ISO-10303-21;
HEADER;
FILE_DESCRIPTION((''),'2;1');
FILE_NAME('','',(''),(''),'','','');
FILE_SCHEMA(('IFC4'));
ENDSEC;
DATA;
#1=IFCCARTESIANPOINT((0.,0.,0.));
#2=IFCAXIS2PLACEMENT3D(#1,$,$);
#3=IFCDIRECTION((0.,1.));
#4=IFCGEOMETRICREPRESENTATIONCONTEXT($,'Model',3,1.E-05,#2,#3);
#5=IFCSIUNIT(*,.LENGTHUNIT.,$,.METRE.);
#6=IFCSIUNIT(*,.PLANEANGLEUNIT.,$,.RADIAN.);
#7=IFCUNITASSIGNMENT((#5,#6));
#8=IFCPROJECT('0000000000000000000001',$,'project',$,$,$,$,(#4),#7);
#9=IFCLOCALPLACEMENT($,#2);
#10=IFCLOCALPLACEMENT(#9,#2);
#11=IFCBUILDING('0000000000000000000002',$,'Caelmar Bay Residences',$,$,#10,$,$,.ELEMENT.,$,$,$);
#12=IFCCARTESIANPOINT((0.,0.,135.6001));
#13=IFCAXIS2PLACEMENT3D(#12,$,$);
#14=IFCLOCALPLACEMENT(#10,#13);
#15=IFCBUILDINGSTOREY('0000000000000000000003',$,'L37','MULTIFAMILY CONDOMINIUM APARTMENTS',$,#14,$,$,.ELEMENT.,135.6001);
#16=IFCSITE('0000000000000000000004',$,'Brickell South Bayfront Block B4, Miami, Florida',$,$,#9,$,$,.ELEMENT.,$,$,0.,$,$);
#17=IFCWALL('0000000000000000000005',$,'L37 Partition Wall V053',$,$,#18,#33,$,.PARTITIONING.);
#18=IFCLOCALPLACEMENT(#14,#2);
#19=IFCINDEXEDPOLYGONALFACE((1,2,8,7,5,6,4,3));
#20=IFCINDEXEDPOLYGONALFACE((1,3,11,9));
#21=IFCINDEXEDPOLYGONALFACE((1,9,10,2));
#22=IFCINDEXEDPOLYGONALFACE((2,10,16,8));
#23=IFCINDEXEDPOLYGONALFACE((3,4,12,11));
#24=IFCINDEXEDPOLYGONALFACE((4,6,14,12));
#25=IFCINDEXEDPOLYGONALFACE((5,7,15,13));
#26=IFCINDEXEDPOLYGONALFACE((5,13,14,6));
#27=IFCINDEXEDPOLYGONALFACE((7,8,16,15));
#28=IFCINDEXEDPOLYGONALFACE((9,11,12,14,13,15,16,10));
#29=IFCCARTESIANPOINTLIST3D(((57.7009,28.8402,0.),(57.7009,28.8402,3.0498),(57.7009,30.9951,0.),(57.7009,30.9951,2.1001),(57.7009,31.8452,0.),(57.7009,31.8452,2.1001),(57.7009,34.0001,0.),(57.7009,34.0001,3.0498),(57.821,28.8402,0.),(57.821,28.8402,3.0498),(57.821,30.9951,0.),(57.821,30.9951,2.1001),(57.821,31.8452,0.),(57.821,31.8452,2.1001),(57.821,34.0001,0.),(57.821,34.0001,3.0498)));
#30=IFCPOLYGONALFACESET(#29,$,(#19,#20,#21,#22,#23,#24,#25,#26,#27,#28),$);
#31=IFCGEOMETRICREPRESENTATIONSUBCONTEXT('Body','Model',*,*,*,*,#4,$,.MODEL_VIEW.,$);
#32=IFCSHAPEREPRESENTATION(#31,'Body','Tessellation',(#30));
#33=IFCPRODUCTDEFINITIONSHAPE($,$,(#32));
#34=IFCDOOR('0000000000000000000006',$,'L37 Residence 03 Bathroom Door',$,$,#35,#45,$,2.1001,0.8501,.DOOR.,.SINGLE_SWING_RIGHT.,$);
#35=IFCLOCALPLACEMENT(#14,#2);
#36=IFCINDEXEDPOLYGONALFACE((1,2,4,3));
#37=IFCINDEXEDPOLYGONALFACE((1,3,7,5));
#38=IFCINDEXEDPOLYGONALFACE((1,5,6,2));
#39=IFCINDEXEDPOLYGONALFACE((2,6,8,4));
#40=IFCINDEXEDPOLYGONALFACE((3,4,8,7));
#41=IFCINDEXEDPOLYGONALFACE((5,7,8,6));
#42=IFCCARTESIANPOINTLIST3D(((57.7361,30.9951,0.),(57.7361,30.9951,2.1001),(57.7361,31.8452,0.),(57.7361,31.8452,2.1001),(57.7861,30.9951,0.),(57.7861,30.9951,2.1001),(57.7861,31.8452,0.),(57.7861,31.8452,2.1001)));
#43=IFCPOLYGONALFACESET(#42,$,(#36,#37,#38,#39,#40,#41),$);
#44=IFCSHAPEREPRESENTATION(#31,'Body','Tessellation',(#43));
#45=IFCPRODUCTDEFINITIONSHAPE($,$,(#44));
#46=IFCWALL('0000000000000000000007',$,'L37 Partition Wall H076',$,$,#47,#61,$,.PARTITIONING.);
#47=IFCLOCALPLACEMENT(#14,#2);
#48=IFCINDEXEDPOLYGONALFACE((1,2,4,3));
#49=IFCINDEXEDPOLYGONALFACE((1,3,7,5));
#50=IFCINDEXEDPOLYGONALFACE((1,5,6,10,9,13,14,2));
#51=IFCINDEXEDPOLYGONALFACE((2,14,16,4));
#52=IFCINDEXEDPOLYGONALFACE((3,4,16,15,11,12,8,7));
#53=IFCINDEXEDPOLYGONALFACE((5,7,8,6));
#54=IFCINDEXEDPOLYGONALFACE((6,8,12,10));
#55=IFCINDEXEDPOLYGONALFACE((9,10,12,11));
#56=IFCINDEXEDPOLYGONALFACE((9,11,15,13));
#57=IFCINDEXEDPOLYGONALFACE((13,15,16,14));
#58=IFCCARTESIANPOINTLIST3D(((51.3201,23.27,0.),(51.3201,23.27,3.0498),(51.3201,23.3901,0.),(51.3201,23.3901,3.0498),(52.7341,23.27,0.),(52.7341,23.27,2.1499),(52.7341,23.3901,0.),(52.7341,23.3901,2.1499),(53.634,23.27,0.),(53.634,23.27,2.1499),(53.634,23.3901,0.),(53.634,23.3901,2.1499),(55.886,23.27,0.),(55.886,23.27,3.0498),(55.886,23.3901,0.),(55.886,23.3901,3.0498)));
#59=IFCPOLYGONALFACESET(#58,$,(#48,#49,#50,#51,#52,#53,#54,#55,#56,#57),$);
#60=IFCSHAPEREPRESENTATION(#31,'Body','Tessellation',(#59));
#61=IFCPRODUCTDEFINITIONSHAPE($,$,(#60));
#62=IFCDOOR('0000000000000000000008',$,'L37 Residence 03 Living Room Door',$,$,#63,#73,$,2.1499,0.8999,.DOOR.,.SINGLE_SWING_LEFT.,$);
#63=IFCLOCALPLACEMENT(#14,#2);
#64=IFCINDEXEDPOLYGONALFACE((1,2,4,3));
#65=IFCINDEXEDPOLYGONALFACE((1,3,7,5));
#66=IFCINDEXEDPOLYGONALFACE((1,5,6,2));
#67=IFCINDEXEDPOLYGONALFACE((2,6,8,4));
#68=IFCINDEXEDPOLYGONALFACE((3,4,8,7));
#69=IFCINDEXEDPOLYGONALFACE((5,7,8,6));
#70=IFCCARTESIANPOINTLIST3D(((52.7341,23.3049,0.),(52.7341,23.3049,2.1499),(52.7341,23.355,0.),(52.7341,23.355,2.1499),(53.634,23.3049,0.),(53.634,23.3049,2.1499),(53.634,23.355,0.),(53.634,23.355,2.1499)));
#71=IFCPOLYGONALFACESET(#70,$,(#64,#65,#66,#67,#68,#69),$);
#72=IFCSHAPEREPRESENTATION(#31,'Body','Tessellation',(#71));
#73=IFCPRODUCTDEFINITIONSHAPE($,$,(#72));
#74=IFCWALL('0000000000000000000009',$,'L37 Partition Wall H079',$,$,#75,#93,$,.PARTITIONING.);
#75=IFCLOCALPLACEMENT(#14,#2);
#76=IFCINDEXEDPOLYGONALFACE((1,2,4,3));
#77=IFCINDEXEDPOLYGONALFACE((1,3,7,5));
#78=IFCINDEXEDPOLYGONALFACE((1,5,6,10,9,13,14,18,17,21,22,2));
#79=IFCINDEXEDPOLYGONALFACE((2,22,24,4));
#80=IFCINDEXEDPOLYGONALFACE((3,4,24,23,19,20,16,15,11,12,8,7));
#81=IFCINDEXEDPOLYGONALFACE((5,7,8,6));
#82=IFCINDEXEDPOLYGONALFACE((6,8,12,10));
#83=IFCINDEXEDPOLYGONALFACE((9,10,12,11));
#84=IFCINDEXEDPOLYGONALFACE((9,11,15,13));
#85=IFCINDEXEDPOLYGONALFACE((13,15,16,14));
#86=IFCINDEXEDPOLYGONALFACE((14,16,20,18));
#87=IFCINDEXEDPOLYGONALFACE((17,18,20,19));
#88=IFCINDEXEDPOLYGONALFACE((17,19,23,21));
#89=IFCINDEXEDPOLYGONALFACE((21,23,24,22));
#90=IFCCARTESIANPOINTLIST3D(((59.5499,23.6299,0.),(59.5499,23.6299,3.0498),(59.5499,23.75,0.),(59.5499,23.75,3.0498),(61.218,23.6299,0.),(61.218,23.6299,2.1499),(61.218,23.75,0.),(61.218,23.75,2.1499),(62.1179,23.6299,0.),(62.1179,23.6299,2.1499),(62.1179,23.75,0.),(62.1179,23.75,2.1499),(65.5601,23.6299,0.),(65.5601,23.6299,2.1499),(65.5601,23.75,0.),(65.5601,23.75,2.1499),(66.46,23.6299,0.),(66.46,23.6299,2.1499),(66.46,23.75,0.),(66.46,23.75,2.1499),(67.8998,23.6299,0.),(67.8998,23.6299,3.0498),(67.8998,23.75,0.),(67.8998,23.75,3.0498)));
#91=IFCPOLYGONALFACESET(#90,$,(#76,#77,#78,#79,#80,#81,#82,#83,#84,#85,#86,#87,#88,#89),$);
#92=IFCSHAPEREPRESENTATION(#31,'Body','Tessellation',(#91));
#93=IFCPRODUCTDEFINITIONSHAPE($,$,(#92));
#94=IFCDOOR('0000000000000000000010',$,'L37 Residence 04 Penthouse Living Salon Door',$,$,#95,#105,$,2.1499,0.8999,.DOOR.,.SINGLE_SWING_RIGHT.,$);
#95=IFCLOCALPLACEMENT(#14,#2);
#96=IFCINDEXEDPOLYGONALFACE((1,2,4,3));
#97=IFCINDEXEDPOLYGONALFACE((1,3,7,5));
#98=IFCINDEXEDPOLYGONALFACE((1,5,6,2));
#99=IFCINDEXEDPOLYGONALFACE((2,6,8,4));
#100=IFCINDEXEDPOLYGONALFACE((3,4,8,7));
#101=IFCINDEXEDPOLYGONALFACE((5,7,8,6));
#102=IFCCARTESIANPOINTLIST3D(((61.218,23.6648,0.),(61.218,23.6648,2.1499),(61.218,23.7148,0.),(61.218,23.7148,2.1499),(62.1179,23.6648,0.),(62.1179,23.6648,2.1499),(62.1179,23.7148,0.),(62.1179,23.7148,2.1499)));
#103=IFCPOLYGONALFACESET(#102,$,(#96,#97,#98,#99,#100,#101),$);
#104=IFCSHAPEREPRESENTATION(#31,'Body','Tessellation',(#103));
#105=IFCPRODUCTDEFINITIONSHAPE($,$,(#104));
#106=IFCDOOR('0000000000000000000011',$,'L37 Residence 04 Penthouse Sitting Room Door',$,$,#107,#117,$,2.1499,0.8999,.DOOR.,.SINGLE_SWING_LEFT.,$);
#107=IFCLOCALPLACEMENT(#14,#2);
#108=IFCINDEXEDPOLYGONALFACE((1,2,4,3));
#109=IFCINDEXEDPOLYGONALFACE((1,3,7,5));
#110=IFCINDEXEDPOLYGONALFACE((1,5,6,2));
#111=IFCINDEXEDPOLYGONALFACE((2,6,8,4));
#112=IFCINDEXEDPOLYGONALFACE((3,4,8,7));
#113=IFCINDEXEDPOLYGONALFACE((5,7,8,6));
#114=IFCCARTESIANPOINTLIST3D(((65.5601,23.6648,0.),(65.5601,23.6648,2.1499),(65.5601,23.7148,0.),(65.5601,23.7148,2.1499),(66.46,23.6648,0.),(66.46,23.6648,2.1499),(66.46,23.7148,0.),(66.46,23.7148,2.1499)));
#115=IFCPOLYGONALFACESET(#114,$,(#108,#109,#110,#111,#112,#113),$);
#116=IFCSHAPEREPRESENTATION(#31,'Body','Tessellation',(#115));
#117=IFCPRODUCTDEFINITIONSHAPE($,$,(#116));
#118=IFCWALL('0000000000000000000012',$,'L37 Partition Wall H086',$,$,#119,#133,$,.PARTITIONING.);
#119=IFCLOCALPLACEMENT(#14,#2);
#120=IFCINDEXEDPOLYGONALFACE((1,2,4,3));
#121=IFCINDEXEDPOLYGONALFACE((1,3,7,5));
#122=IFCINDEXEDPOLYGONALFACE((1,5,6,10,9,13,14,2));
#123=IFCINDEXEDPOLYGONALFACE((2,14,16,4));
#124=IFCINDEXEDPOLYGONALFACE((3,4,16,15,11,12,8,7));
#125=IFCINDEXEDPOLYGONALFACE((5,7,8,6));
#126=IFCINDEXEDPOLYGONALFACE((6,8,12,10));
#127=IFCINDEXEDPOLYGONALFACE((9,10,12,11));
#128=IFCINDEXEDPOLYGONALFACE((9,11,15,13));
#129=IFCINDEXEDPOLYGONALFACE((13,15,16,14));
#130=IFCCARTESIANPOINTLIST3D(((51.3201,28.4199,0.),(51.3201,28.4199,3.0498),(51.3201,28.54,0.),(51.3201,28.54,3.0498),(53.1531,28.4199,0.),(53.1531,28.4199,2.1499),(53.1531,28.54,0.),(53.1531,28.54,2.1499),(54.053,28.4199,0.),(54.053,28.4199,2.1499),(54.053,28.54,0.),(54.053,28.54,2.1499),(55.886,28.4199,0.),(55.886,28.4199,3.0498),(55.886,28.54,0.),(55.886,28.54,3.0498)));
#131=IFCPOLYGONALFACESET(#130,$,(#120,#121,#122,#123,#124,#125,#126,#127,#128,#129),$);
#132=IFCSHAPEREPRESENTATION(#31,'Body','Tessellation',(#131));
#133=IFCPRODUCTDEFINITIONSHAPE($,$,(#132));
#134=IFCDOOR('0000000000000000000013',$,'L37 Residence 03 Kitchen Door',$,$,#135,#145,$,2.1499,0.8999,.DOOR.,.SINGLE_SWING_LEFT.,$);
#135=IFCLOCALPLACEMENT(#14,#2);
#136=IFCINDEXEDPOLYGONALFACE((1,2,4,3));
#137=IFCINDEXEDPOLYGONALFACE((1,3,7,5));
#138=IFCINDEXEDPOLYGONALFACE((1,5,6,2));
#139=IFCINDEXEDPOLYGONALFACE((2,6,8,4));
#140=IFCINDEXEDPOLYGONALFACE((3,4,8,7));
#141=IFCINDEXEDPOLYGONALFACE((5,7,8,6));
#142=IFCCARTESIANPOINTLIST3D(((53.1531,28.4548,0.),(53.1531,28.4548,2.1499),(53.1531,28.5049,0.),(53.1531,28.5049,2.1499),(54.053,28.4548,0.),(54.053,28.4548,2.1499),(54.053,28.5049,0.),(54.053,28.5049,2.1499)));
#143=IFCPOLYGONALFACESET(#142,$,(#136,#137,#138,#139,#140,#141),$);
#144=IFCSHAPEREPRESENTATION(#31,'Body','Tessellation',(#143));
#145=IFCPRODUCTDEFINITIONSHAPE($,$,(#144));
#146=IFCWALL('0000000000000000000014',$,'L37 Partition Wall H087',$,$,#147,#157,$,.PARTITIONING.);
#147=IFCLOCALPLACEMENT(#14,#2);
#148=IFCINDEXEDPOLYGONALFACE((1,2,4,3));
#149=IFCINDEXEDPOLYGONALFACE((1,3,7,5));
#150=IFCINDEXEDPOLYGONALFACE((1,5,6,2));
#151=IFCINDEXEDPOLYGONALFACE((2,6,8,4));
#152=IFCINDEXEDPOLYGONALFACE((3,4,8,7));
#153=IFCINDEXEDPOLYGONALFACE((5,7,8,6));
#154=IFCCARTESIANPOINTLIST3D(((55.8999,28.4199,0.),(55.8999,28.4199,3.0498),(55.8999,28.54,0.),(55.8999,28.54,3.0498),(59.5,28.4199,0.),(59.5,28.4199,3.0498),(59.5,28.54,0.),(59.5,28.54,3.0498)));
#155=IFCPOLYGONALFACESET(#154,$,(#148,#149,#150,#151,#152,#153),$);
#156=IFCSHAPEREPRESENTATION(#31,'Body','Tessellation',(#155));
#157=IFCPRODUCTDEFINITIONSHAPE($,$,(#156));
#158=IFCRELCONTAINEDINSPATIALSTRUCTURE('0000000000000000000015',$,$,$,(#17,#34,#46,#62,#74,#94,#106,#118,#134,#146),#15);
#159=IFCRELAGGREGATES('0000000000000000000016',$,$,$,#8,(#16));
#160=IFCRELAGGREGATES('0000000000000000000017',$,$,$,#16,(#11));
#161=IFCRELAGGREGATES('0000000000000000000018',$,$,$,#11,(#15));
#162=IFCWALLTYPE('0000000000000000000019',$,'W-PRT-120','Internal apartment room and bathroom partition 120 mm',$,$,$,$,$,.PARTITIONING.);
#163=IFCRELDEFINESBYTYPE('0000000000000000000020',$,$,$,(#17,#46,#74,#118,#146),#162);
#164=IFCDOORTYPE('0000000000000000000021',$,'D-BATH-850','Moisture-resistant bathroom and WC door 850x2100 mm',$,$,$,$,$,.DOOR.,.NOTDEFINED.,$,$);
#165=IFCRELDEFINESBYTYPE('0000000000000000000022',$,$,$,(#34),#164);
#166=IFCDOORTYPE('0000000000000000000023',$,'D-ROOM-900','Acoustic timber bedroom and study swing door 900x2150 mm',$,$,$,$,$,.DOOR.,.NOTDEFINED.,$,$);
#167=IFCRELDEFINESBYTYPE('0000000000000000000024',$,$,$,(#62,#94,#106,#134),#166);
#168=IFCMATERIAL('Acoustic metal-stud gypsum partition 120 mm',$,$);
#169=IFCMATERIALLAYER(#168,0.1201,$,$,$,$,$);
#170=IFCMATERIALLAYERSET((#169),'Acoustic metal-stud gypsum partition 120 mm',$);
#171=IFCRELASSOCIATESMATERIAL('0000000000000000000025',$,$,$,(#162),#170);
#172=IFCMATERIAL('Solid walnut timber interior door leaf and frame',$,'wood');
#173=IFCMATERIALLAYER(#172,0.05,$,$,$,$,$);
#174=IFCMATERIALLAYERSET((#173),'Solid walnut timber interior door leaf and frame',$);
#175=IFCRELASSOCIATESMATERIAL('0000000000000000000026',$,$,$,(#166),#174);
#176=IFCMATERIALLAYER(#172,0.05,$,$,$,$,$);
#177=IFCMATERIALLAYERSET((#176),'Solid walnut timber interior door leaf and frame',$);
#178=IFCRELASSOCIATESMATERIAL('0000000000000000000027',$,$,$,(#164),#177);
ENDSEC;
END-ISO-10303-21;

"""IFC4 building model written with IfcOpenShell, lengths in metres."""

from ifc_helpers import new_model, si_unit, direction, frame, frame_2d, origin, place, context, subcontext, project, spatial, rectangle, extrude, material, layer, layer_set, type_object, element, fill, save


model = new_model("IFC4")

# Units and contexts
model_context = context("Model", 3, precision=1e-05, world=origin(), true_north=direction((0.0, 1.0)))
body_context = subcontext(model_context, "Body", "Model", "MODEL_VIEW")
ifc_project = project(units=[si_unit("LENGTHUNIT", "METRE"), si_unit("PLANEANGLEUNIT", "RADIAN")], contexts=[model_context])

# Site, building, storey
site_placement = place(None, origin())
site = spatial("IfcSite", under=ifc_project, at=site_placement, Name="Brickell South Bayfront Block B4, Miami, Florida", CompositionType="ELEMENT", RefElevation=0.0)
building_placement = place(site_placement, origin())
building = spatial("IfcBuilding", under=site, at=building_placement, Name="Caelmar Bay Residences", CompositionType="ELEMENT")
storey_placement = place(building_placement, frame((0.0, 0.0, 135.6001)))
storey = spatial("IfcBuildingStorey", under=building, at=storey_placement, Name="L37", Description="MULTIFAMILY CONDOMINIUM APARTMENTS", CompositionType="ELEMENT", Elevation=135.6001)

# Shared definitions
ifc_material_1 = material(Name="Acoustic metal-stud gypsum partition 120 mm")
ifc_layer_1 = layer(ifc_material_1, 0.1201)
ifc_layer_set_1 = layer_set([ifc_layer_1], Name="Acoustic metal-stud gypsum partition 120 mm")
wall_type_1 = type_object("IfcWallType", Name="W-PRT-120", Description="Internal apartment room and bathroom partition 120 mm", PredefinedType="PARTITIONING", material=ifc_layer_set_1)
ifc_material_2 = material(Name="Solid walnut timber interior door leaf and frame", Category="wood")
ifc_layer_2 = layer(ifc_material_2, 0.05)
ifc_layer_set_2 = layer_set([ifc_layer_2], Name="Solid walnut timber interior door leaf and frame")
door_type_1 = type_object("IfcDoorType", Name="D-ROOM-900", Description="Acoustic timber bedroom and study swing door 900x2150 mm", OperationType="NOTDEFINED", PredefinedType="DOOR", material=ifc_layer_set_2)

# Walls, openings, doors
wall_1_placement = place(storey_placement, frame((57.761, 28.8401, 0.0), z_axis=(0.0, 0.0, 1.0), x_axis=(0.0, 1.0, 0.0)))
wall_1 = element("IfcWall", 1, at=wall_1_placement, inside=storey, type_object=wall_type_1, Name="L37 Partition Wall V053", PredefinedType="PARTITIONING", context=body_context, shape_type="SweptSolid", body=[
    extrude(rectangle(XDim=5.1599, YDim=0.1201, at=frame_2d((2.5801, 0.0))), origin(), (0.0, 0.0, 1.0), 3.0498),
])
opening_1_placement = place(wall_1_placement, frame((2.155, 0.0, 0.0)))
opening_1 = element("IfcOpeningElement", 2, at=opening_1_placement, cuts=wall_1, PredefinedType="OPENING", context=body_context, shape_type="SweptSolid", body=[
    extrude(rectangle(XDim=0.8501, YDim=2.1001, at=frame_2d((0.425, 1.05))), frame((0.0, 0.0701, 0.0), z_axis=(0.0, -1.0, 0.0), x_axis=(1.0, 0.0, 0.0)), (0.0, 0.0, 1.0), 0.1401),
])
ifc_layer_3 = layer(ifc_material_2, 0.05)
ifc_layer_set_3 = layer_set([ifc_layer_3], Name="Solid walnut timber interior door leaf and frame")
door_type_2 = type_object("IfcDoorType", Name="D-BATH-850", Description="Moisture-resistant bathroom and WC door 850x2100 mm", OperationType="NOTDEFINED", PredefinedType="DOOR", material=ifc_layer_set_3)
door_1_placement = place(opening_1_placement, origin())
door_1 = element("IfcDoor", 3, at=door_1_placement, inside=storey, type_object=door_type_2, Name="L37 Residence 03 Bathroom Door", OperationType="SINGLE_SWING_RIGHT", OverallHeight=2.1001, OverallWidth=0.8501, PredefinedType="DOOR", context=body_context, shape_type="SweptSolid", body=[
    extrude(rectangle(XDim=0.8501, YDim=2.1001, at=frame_2d((0.425, 1.05))), frame((0.0, 0.0249, 0.0), z_axis=(0.0, -1.0, 0.0), x_axis=(1.0, 0.0, 0.0)), (0.0, 0.0, 1.0), 0.05),
])
fill(opening_1, door_1)
wall_2_placement = place(storey_placement, frame((51.3201, 23.3301, 0.0), z_axis=(0.0, 0.0, 1.0), x_axis=(1.0, 0.0, 0.0)))
wall_2 = element("IfcWall", 4, at=wall_2_placement, inside=storey, type_object=wall_type_1, Name="L37 Partition Wall H076", PredefinedType="PARTITIONING", context=body_context, shape_type="SweptSolid", body=[
    extrude(rectangle(XDim=4.5659, YDim=0.1201, at=frame_2d((2.283, 0.0))), origin(), (0.0, 0.0, 1.0), 3.0498),
])
opening_2_placement = place(wall_2_placement, frame((1.4141, 0.0, 0.0)))
opening_2 = element("IfcOpeningElement", 5, at=opening_2_placement, cuts=wall_2, PredefinedType="OPENING", context=body_context, shape_type="SweptSolid", body=[
    extrude(rectangle(XDim=0.8999, YDim=2.1499, at=frame_2d((0.45, 1.075))), frame((0.0, 0.0701, 0.0), z_axis=(0.0, -1.0, 0.0), x_axis=(1.0, 0.0, 0.0)), (0.0, 0.0, 1.0), 0.1401),
])
door_2_placement = place(opening_2_placement, origin())
door_2 = element("IfcDoor", 6, at=door_2_placement, inside=storey, type_object=door_type_1, Name="L37 Residence 03 Living Room Door", OperationType="SINGLE_SWING_LEFT", OverallHeight=2.1499, OverallWidth=0.8999, PredefinedType="DOOR", context=body_context, shape_type="SweptSolid", body=[
    extrude(rectangle(XDim=0.8999, YDim=2.1499, at=frame_2d((0.45, 1.075))), frame((0.0, 0.0249, 0.0), z_axis=(0.0, -1.0, 0.0), x_axis=(1.0, 0.0, 0.0)), (0.0, 0.0, 1.0), 0.05),
])
fill(opening_2, door_2)

# Wall, openings, doors
wall_3_placement = place(storey_placement, frame((59.55, 23.6899, 0.0), z_axis=(0.0, 0.0, 1.0), x_axis=(1.0, 0.0, 0.0)))
wall_3 = element("IfcWall", 7, at=wall_3_placement, inside=storey, type_object=wall_type_1, Name="L37 Partition Wall H079", PredefinedType="PARTITIONING", context=body_context, shape_type="SweptSolid", body=[
    extrude(rectangle(XDim=8.3499, YDim=0.1201, at=frame_2d((4.1748, 0.0))), origin(), (0.0, 0.0, 1.0), 3.0498),
])
opening_3_placement = place(wall_3_placement, frame((1.668, 0.0, 0.0)))
opening_3 = element("IfcOpeningElement", 8, at=opening_3_placement, cuts=wall_3, PredefinedType="OPENING", context=body_context, shape_type="SweptSolid", body=[
    extrude(rectangle(XDim=0.8999, YDim=2.1499, at=frame_2d((0.45, 1.075))), frame((0.0, 0.0701, 0.0), z_axis=(0.0, -1.0, 0.0), x_axis=(1.0, 0.0, 0.0)), (0.0, 0.0, 1.0), 0.1401),
])
opening_4_placement = place(wall_3_placement, frame((6.01, 0.0, 0.0)))
opening_4 = element("IfcOpeningElement", 9, at=opening_4_placement, cuts=wall_3, PredefinedType="OPENING", context=body_context, shape_type="SweptSolid", body=[
    extrude(rectangle(XDim=0.8999, YDim=2.1499, at=frame_2d((0.45, 1.075))), frame((0.0, 0.0701, 0.0), z_axis=(0.0, -1.0, 0.0), x_axis=(1.0, 0.0, 0.0)), (0.0, 0.0, 1.0), 0.1401),
])
door_3_placement = place(opening_3_placement, origin())
door_3 = element("IfcDoor", 10, at=door_3_placement, inside=storey, type_object=door_type_1, Name="L37 Residence 04 Penthouse Living Salon Door", OperationType="SINGLE_SWING_RIGHT", OverallHeight=2.1499, OverallWidth=0.8999, PredefinedType="DOOR", context=body_context, shape_type="SweptSolid", body=[
    extrude(rectangle(XDim=0.8999, YDim=2.1499, at=frame_2d((0.45, 1.075))), frame((0.0, 0.0249, 0.0), z_axis=(0.0, -1.0, 0.0), x_axis=(1.0, 0.0, 0.0)), (0.0, 0.0, 1.0), 0.05),
])
fill(opening_3, door_3)
door_4_placement = place(opening_4_placement, origin())
door_4 = element("IfcDoor", 11, at=door_4_placement, inside=storey, type_object=door_type_1, Name="L37 Residence 04 Penthouse Sitting Room Door", OperationType="SINGLE_SWING_LEFT", OverallHeight=2.1499, OverallWidth=0.8999, PredefinedType="DOOR", context=body_context, shape_type="SweptSolid", body=[
    extrude(rectangle(XDim=0.8999, YDim=2.1499, at=frame_2d((0.45, 1.075))), frame((0.0, 0.0249, 0.0), z_axis=(0.0, -1.0, 0.0), x_axis=(1.0, 0.0, 0.0)), (0.0, 0.0, 1.0), 0.05),
])
fill(opening_4, door_4)

# Wall, opening, door
wall_4_placement = place(storey_placement, frame((51.3201, 28.48, 0.0), z_axis=(0.0, 0.0, 1.0), x_axis=(1.0, 0.0, 0.0)))
wall_4 = element("IfcWall", 12, at=wall_4_placement, inside=storey, type_object=wall_type_1, Name="L37 Partition Wall H086", PredefinedType="PARTITIONING", context=body_context, shape_type="SweptSolid", body=[
    extrude(rectangle(XDim=4.5659, YDim=0.1201, at=frame_2d((2.283, 0.0))), origin(), (0.0, 0.0, 1.0), 3.0498),
])
opening_5_placement = place(wall_4_placement, frame((1.833, 0.0, 0.0)))
opening_5 = element("IfcOpeningElement", 13, at=opening_5_placement, cuts=wall_4, PredefinedType="OPENING", context=body_context, shape_type="SweptSolid", body=[
    extrude(rectangle(XDim=0.8999, YDim=2.1499, at=frame_2d((0.45, 1.075))), frame((0.0, 0.0701, 0.0), z_axis=(0.0, -1.0, 0.0), x_axis=(1.0, 0.0, 0.0)), (0.0, 0.0, 1.0), 0.1401),
])
door_5_placement = place(opening_5_placement, origin())
door_5 = element("IfcDoor", 14, at=door_5_placement, inside=storey, type_object=door_type_1, Name="L37 Residence 03 Kitchen Door", OperationType="SINGLE_SWING_LEFT", OverallHeight=2.1499, OverallWidth=0.8999, PredefinedType="DOOR", context=body_context, shape_type="SweptSolid", body=[
    extrude(rectangle(XDim=0.8999, YDim=2.1499, at=frame_2d((0.45, 1.075))), frame((0.0, 0.0249, 0.0), z_axis=(0.0, -1.0, 0.0), x_axis=(1.0, 0.0, 0.0)), (0.0, 0.0, 1.0), 0.05),
])
fill(opening_5, door_5)

# Wall
wall_5_placement = place(storey_placement, frame((55.8999, 28.48, 0.0), z_axis=(0.0, 0.0, 1.0), x_axis=(1.0, 0.0, 0.0)))
element("IfcWall", 15, at=wall_5_placement, inside=storey, type_object=wall_type_1, Name="L37 Partition Wall H087", PredefinedType="PARTITIONING", context=body_context, shape_type="SweptSolid", body=[
    extrude(rectangle(XDim=3.6001, YDim=0.1201, at=frame_2d((1.8, 0.0))), origin(), (0.0, 0.0, 1.0), 3.0498),
])

save(model, "model.ifc")
